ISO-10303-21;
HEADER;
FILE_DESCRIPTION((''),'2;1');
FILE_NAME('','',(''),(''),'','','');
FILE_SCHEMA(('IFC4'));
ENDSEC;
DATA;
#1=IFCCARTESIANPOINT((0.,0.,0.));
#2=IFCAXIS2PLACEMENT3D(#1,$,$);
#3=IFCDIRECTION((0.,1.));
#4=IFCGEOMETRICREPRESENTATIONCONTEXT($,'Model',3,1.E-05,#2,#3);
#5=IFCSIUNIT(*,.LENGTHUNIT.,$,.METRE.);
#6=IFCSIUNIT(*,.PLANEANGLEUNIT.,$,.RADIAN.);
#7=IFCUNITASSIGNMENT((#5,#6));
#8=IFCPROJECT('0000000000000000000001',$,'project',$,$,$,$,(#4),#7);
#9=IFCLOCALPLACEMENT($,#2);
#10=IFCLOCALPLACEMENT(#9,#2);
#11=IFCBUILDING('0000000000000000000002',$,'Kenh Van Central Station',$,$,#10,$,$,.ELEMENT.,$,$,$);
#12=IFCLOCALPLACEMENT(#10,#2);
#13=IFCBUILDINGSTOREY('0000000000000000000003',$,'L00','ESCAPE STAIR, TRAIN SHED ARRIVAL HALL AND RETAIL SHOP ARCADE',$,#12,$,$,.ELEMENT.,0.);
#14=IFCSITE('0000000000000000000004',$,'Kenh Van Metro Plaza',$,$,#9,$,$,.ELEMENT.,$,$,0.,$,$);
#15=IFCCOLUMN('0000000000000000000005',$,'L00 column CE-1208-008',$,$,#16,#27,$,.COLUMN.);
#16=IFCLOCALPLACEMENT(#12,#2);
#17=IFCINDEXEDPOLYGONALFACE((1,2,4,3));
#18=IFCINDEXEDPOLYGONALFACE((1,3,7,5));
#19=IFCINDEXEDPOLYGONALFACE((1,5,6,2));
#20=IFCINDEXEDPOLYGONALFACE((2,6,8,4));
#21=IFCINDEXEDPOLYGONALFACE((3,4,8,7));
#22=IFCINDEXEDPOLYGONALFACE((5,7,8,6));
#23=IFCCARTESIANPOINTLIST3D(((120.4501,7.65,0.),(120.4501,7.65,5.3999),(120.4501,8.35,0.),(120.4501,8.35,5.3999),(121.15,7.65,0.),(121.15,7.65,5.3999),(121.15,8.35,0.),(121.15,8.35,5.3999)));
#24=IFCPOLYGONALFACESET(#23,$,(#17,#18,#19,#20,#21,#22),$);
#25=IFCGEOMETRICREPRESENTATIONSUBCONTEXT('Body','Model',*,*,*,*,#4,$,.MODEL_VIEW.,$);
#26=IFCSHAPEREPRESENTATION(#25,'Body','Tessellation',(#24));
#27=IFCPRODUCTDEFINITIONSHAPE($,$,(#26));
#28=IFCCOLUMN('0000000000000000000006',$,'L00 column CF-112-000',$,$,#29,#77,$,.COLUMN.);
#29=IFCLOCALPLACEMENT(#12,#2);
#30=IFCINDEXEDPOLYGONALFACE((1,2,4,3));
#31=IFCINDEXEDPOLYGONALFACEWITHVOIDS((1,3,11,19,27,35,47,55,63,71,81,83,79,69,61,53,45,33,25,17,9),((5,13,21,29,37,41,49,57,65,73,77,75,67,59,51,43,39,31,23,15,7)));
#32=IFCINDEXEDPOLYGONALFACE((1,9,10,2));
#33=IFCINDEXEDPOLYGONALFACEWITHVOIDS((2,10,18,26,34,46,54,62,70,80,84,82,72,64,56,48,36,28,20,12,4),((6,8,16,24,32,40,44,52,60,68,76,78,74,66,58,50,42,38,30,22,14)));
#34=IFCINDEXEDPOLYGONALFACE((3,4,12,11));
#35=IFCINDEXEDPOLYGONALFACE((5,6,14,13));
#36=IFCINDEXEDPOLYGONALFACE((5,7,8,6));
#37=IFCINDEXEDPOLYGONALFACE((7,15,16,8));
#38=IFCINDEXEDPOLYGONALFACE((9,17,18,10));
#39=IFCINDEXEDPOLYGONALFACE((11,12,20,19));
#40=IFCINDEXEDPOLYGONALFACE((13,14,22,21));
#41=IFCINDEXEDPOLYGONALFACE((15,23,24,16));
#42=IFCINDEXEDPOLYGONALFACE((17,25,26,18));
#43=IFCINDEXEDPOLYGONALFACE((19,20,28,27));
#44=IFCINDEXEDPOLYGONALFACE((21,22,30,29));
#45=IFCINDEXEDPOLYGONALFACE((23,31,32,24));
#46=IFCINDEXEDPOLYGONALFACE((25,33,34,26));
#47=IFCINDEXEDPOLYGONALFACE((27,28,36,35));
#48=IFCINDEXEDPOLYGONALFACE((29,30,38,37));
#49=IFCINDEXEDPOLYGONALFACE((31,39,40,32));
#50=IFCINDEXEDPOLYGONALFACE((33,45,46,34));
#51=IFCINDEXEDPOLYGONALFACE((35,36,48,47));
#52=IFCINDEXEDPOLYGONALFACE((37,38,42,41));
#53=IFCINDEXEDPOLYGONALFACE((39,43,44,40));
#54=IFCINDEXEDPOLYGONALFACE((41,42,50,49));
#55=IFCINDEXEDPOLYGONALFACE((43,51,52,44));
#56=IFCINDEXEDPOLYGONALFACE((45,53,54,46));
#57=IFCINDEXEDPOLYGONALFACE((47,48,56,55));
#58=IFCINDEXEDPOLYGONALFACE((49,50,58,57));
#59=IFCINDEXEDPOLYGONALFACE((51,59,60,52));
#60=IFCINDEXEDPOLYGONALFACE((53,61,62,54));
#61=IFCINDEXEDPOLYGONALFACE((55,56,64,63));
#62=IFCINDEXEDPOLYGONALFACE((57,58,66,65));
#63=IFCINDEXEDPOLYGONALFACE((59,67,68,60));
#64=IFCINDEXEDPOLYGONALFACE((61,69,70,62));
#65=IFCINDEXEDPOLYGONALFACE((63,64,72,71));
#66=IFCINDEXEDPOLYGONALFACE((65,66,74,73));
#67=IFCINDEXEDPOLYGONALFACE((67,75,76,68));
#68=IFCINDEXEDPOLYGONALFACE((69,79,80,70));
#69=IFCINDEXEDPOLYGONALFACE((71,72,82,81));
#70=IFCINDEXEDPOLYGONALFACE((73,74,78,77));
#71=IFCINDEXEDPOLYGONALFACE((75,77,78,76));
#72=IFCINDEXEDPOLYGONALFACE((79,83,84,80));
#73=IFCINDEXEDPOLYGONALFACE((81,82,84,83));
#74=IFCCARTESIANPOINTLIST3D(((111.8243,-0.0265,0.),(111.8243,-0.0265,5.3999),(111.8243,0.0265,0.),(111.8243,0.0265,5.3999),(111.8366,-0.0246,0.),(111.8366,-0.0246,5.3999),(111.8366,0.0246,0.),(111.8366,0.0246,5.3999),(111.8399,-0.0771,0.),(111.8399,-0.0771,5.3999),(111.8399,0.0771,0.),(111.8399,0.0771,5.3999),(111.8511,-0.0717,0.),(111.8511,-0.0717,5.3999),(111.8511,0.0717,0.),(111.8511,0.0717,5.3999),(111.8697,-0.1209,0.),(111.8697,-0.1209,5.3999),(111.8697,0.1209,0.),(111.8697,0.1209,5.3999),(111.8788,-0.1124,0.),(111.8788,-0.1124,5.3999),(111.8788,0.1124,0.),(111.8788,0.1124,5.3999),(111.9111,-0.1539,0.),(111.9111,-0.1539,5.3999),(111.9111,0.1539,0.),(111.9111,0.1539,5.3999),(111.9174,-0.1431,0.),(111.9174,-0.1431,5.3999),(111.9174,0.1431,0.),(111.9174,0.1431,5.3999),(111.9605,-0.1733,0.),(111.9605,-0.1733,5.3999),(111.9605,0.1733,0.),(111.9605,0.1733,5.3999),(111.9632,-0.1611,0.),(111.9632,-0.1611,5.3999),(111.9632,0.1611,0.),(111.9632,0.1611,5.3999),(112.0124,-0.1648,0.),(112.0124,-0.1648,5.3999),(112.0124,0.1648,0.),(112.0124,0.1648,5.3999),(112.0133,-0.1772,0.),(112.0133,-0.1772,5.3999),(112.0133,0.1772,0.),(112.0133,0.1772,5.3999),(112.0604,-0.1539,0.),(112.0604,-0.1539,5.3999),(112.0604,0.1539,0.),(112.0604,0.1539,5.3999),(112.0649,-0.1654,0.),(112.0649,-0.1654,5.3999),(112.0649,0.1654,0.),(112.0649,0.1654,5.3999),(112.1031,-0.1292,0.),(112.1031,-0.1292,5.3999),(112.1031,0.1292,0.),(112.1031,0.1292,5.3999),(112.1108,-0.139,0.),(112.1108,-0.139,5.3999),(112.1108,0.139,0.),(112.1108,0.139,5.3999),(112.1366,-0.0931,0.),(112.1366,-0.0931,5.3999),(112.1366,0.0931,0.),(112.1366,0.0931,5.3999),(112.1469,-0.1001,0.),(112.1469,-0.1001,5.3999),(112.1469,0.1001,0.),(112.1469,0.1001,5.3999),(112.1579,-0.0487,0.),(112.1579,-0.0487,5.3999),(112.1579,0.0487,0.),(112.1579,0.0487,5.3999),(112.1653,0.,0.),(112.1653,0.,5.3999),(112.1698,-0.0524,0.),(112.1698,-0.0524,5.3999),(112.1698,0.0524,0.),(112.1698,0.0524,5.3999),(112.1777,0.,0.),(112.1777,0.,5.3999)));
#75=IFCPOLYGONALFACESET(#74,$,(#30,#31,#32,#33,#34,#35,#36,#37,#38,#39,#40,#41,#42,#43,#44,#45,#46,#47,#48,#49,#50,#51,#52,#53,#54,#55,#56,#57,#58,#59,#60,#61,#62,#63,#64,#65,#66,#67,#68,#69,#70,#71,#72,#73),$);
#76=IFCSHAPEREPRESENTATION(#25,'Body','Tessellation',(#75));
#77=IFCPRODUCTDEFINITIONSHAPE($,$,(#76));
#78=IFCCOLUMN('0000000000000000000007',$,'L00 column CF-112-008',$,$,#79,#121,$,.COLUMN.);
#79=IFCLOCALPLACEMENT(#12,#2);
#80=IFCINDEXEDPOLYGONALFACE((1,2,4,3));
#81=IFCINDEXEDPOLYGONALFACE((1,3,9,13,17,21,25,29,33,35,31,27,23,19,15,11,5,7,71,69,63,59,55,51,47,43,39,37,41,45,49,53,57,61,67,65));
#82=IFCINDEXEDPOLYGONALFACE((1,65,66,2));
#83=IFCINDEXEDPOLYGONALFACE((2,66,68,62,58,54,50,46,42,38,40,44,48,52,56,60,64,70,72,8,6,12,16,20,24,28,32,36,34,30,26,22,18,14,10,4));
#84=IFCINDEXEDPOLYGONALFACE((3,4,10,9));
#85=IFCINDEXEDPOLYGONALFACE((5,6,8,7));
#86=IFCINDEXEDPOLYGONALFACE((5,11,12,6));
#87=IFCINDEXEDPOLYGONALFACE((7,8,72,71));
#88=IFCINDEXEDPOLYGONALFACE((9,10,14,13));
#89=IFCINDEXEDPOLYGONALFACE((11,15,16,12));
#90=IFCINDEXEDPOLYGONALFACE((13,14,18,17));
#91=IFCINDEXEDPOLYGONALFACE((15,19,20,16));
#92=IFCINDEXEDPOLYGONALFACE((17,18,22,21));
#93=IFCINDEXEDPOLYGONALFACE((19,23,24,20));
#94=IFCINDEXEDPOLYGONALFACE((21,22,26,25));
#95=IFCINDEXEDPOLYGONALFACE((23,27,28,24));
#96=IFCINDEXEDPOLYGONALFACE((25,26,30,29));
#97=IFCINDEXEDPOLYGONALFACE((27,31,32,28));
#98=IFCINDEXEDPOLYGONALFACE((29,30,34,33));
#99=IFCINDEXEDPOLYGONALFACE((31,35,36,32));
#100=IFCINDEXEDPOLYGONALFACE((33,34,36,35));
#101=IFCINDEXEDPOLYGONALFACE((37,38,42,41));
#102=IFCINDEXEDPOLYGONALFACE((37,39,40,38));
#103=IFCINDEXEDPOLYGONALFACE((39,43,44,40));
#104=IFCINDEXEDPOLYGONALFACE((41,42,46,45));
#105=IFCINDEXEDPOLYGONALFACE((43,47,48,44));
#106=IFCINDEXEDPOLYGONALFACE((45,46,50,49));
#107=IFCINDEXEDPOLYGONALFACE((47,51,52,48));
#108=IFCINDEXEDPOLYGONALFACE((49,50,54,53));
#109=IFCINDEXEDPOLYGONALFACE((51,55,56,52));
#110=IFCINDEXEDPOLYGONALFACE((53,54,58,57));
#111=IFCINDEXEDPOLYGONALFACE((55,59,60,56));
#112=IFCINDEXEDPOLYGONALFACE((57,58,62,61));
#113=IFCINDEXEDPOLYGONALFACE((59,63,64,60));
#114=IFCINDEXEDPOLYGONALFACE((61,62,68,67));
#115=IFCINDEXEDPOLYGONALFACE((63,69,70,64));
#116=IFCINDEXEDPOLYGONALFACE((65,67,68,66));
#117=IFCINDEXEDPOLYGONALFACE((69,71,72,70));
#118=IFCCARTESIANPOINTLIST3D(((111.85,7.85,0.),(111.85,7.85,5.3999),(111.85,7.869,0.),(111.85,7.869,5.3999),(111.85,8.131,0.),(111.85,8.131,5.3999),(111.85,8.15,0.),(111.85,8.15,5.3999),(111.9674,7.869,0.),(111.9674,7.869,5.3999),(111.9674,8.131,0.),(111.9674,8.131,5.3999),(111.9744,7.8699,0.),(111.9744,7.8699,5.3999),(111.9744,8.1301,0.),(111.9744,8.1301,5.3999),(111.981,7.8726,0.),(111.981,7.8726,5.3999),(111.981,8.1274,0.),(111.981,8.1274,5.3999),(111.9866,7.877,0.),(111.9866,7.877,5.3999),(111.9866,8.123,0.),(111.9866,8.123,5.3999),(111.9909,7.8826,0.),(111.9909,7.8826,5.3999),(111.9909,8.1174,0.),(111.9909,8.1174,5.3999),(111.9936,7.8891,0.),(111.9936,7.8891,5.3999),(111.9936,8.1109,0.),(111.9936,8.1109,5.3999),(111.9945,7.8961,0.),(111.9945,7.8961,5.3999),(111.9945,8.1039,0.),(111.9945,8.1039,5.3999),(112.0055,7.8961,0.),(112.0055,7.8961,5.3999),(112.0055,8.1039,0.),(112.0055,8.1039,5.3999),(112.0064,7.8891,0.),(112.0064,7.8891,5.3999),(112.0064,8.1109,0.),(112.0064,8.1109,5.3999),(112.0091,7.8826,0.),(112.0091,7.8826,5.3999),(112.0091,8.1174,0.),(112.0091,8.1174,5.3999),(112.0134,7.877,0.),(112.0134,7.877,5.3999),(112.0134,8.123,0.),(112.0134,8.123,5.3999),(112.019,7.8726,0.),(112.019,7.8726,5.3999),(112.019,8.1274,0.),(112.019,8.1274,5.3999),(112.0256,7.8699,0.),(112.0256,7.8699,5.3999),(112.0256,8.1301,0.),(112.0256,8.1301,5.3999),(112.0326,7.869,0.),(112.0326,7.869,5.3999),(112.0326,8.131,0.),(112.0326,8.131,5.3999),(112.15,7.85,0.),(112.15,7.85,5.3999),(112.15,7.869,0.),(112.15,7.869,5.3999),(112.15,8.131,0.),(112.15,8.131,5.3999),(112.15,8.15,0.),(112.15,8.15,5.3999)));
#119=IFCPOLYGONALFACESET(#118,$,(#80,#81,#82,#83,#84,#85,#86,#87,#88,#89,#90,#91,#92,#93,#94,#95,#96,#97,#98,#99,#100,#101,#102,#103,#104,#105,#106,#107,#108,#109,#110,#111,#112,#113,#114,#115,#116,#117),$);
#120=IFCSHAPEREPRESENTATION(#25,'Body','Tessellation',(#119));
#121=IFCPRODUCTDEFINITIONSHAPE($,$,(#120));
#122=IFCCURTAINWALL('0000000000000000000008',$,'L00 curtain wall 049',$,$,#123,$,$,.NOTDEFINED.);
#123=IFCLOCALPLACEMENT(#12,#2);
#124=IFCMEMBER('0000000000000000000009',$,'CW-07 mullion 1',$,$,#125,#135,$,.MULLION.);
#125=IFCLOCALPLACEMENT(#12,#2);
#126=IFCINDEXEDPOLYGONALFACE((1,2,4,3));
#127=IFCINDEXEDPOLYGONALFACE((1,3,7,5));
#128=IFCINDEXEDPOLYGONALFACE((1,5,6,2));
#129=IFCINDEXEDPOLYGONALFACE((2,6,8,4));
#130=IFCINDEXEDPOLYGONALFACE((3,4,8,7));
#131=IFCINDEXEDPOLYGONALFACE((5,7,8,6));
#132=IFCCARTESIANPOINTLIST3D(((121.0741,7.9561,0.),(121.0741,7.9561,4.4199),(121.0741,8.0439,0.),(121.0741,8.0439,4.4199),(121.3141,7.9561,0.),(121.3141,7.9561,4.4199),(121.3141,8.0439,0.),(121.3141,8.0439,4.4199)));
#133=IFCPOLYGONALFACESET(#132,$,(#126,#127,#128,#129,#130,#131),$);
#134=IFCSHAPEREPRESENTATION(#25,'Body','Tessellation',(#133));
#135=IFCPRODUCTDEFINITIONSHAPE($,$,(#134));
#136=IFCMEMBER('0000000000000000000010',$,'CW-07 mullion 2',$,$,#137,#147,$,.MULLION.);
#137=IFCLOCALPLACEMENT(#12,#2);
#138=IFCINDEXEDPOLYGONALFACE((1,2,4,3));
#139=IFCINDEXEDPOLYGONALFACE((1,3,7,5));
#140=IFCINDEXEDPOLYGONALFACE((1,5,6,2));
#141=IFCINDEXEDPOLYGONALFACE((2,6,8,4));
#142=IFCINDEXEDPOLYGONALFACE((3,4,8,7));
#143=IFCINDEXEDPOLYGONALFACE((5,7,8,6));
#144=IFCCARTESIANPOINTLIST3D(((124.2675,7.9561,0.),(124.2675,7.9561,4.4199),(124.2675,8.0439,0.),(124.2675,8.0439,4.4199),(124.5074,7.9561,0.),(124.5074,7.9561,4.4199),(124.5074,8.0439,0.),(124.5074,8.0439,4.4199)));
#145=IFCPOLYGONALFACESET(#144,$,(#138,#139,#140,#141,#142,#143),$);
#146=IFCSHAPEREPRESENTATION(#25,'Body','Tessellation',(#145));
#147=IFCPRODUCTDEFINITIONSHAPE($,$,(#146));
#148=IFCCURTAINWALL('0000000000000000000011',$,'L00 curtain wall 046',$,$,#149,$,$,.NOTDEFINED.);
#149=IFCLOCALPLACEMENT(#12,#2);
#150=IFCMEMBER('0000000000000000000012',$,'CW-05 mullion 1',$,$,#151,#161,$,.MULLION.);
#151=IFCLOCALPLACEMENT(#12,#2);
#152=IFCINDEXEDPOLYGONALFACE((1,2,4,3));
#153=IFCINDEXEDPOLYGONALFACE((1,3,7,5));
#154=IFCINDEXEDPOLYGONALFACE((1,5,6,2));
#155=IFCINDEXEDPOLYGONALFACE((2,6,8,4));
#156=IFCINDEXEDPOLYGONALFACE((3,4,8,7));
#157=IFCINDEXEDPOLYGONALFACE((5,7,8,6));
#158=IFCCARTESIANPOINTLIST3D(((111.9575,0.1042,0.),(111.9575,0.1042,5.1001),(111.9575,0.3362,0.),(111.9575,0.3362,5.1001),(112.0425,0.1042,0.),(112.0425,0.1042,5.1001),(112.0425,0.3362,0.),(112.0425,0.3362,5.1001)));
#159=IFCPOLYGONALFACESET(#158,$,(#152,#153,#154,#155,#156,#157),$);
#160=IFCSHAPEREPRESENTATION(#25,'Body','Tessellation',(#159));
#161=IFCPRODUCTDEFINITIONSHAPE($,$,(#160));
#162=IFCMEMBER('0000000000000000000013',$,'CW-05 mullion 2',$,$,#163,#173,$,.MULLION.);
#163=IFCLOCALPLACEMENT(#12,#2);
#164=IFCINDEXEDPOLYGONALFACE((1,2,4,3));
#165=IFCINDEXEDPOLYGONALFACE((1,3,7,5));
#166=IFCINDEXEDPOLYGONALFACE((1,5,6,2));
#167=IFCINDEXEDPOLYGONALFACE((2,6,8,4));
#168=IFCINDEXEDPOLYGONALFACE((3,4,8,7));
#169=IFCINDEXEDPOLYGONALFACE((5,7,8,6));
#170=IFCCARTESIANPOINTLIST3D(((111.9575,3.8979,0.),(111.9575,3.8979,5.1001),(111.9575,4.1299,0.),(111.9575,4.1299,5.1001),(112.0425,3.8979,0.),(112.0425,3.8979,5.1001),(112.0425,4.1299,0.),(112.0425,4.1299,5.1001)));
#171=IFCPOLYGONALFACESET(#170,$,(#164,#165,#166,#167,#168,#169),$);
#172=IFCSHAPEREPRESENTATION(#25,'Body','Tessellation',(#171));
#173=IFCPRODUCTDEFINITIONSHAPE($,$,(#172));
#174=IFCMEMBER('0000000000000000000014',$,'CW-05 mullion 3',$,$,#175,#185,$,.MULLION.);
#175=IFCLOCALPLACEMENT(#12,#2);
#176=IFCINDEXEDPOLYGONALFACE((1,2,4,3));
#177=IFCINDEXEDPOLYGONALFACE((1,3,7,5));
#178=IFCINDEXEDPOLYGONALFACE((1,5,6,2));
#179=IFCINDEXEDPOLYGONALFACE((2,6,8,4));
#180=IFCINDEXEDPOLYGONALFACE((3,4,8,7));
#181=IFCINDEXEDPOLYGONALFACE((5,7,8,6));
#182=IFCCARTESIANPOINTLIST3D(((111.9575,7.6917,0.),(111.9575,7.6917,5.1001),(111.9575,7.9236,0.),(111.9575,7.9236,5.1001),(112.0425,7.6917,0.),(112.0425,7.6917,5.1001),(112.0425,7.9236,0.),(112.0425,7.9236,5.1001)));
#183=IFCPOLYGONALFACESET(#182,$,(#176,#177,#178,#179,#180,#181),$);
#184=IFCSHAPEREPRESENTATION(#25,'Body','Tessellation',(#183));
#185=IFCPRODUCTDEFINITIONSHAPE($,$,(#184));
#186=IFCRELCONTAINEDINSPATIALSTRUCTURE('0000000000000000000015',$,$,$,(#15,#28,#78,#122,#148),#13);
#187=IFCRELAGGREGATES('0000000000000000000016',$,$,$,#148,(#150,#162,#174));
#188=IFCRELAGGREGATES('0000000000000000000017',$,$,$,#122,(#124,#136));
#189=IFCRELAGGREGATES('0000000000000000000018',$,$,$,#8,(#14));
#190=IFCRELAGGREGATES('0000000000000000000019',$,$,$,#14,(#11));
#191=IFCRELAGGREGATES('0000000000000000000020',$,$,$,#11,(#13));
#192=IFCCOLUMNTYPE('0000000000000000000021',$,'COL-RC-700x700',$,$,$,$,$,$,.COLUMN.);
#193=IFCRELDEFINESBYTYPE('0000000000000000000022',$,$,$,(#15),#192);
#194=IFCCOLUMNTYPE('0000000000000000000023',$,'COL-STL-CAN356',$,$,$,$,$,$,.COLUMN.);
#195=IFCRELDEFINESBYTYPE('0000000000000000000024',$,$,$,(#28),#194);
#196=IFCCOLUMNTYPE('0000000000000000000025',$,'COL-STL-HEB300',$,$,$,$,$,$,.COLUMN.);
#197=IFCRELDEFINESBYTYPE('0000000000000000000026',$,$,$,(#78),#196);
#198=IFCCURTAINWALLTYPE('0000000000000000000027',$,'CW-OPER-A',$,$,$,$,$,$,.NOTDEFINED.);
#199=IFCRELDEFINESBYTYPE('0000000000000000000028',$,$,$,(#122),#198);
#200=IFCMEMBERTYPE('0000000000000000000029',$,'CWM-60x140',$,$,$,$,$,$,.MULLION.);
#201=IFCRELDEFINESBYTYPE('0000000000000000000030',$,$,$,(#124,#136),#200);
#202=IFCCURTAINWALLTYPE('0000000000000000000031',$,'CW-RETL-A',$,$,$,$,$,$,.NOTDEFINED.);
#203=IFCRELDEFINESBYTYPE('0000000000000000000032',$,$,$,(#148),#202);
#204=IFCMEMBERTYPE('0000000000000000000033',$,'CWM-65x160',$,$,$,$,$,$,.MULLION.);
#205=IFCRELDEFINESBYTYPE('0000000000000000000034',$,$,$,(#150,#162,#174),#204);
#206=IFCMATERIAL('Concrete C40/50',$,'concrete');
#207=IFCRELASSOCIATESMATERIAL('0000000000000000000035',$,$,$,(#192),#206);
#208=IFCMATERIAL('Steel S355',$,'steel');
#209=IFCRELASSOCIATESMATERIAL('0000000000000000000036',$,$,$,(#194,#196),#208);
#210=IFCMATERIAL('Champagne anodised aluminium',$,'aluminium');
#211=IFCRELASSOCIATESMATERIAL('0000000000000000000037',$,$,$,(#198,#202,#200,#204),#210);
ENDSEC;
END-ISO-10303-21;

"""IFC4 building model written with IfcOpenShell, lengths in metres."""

from ifc_helpers import new_model, si_unit, direction, frame, origin, origin_2d, place, context, subcontext, project, spatial, rectangle, hollow_circle, i_section, extrude, material, material_profile, profile_set, type_object, element, aggregate, save


model = new_model("IFC4")

# Units and contexts
model_context = context("Model", 3, precision=1e-05, world=origin(), true_north=direction((0.0, 1.0)))
body_context = subcontext(model_context, "Body", "Model", "MODEL_VIEW")
ifc_project = project(units=[si_unit("LENGTHUNIT", "METRE"), si_unit("PLANEANGLEUNIT", "RADIAN")], contexts=[model_context])

# Site, building, storey
site_placement = place(None, origin())
site = spatial("IfcSite", under=ifc_project, at=site_placement, Name="Kenh Van Metro Plaza", CompositionType="ELEMENT", RefElevation=0.0)
building_placement = place(site_placement, origin())
building = spatial("IfcBuilding", under=site, at=building_placement, Name="Kenh Van Central Station", CompositionType="ELEMENT")
storey_placement = place(building_placement, origin())
storey = spatial("IfcBuildingStorey", under=building, at=storey_placement, Name="L00", Description="ESCAPE STAIR, TRAIN SHED ARRIVAL HALL AND RETAIL SHOP ARCADE", CompositionType="ELEMENT", Elevation=0.0)

# Columns
ifc_material_1 = material(Name="Concrete C40/50", Category="concrete")
ifc_material_profile_1 = material_profile(ifc_material_1, rectangle(XDim=0.7, YDim=0.7, at=origin_2d()), Name="RC 700x700")
ifc_profile_set_1 = profile_set([ifc_material_profile_1], Name="Concrete C40/50")
column_type_1 = type_object("IfcColumnType", Name="COL-RC-700x700", PredefinedType="COLUMN", material=ifc_profile_set_1)
column_1_placement = place(storey_placement, frame((120.8, 8.0, 0.0), z_axis=(0.0, 0.0, 1.0), x_axis=(1.0, 0.0, 0.0)))
element("IfcColumn", 1, at=column_1_placement, inside=storey, type_object=column_type_1, Name="L00 column CE-1208-008", PredefinedType="COLUMN", context=body_context, shape_type="SweptSolid", body=[
    extrude(rectangle(XDim=0.7, YDim=0.7, at=origin_2d()), origin(), (0.0, 0.0, 1.0), 5.3999),
])
ifc_material_2 = material(Name="Steel S355", Category="steel")
ifc_material_profile_2 = material_profile(ifc_material_2, hollow_circle(Radius=0.1777, WallThickness=0.0125, at=origin_2d()), Name="CHS 355.6x12.5")
ifc_profile_set_2 = profile_set([ifc_material_profile_2], Name="Steel S355")
column_type_2 = type_object("IfcColumnType", Name="COL-STL-CAN356", PredefinedType="COLUMN", material=ifc_profile_set_2)
column_2_placement = place(storey_placement, frame((112.0, 0.0, 0.0), z_axis=(0.0, 0.0, 1.0), x_axis=(1.0, 0.0, 0.0)))
element("IfcColumn", 2, at=column_2_placement, inside=storey, type_object=column_type_2, Name="L00 column CF-112-000", PredefinedType="COLUMN", context=body_context, shape_type="SweptSolid", body=[
    extrude(hollow_circle(Radius=0.1777, WallThickness=0.0125, at=origin_2d()), origin(), (0.0, 0.0, 1.0), 5.3999),
])
ifc_material_profile_3 = material_profile(ifc_material_2, i_section(OverallWidth=0.3, OverallDepth=0.3, WebThickness=0.011, FlangeThickness=0.019, FilletRadius=0.0271, at=origin_2d()), Name="HEB 300")
ifc_profile_set_3 = profile_set([ifc_material_profile_3], Name="Steel S355")
column_type_3 = type_object("IfcColumnType", Name="COL-STL-HEB300", PredefinedType="COLUMN", material=ifc_profile_set_3)
column_3_placement = place(storey_placement, frame((112.0, 8.0, 0.0), z_axis=(0.0, 0.0, 1.0), x_axis=(1.0, 0.0, 0.0)))
element("IfcColumn", 3, at=column_3_placement, inside=storey, type_object=column_type_3, Name="L00 column CF-112-008", PredefinedType="COLUMN", context=body_context, shape_type="SweptSolid", body=[
    extrude(i_section(OverallWidth=0.3, OverallDepth=0.3, WebThickness=0.011, FlangeThickness=0.019, FilletRadius=0.0271, at=origin_2d()), origin(), (0.0, 0.0, 1.0), 5.3999),
])

# Curtain walls, members
ifc_material_3 = material(Name="Champagne anodised aluminium", Category="aluminium")
curtain_wall_type_1 = type_object("IfcCurtainWallType", Name="CW-OPER-A", PredefinedType="NOTDEFINED", material=ifc_material_3)
curtain_wall_1_placement = place(storey_placement, origin())
curtain_wall_1 = element("IfcCurtainWall", 4, at=curtain_wall_1_placement, inside=storey, type_object=curtain_wall_type_1, Name="L00 curtain wall 049", PredefinedType="NOTDEFINED")
ifc_material_profile_4 = material_profile(ifc_material_3, rectangle(XDim=0.0879, YDim=0.24, at=origin_2d()), Name="AL 88x240")
ifc_profile_set_4 = profile_set([ifc_material_profile_4], Name="Champagne anodised aluminium")
member_type_1 = type_object("IfcMemberType", Name="CWM-60x140", PredefinedType="MULLION", material=ifc_profile_set_4)
member_1_placement = place(storey_placement, frame((121.1941, 8.0, 0.0), z_axis=(0.0, 0.0, 1.0), x_axis=(0.0, 1.0, 0.0)))
member_1 = element("IfcMember", 5, at=member_1_placement, type_object=member_type_1, Name="CW-07 mullion 1", PredefinedType="MULLION", context=body_context, shape_type="SweptSolid", body=[
    extrude(rectangle(XDim=0.0879, YDim=0.24, at=origin_2d()), origin(), (0.0, 0.0, 1.0), 4.4199),
])
member_2_placement = place(storey_placement, frame((124.3875, 8.0, 0.0), z_axis=(0.0, 0.0, 1.0), x_axis=(0.0, 1.0, 0.0)))
member_2 = element("IfcMember", 6, at=member_2_placement, type_object=member_type_1, Name="CW-07 mullion 2", PredefinedType="MULLION", context=body_context, shape_type="SweptSolid", body=[
    extrude(rectangle(XDim=0.0879, YDim=0.24, at=origin_2d()), origin(), (0.0, 0.0, 1.0), 4.4199),
])
curtain_wall_type_2 = type_object("IfcCurtainWallType", Name="CW-RETL-A", PredefinedType="NOTDEFINED", material=ifc_material_3)
curtain_wall_2_placement = place(storey_placement, origin())
curtain_wall_2 = element("IfcCurtainWall", 7, at=curtain_wall_2_placement, inside=storey, type_object=curtain_wall_type_2, Name="L00 curtain wall 046", PredefinedType="NOTDEFINED")
ifc_material_profile_5 = material_profile(ifc_material_3, rectangle(XDim=0.085, YDim=0.2319, at=origin_2d()), Name="AL 85x232")
ifc_profile_set_5 = profile_set([ifc_material_profile_5], Name="Champagne anodised aluminium")
member_type_2 = type_object("IfcMemberType", Name="CWM-65x160", PredefinedType="MULLION", material=ifc_profile_set_5)
member_3_placement = place(storey_placement, frame((112.0, 0.2202, 0.0), z_axis=(0.0, 0.0, 1.0), x_axis=(-1.0, 0.0, 0.0)))
member_3 = element("IfcMember", 8, at=member_3_placement, type_object=member_type_2, Name="CW-05 mullion 1", PredefinedType="MULLION", context=body_context, shape_type="SweptSolid", body=[
    extrude(rectangle(XDim=0.085, YDim=0.2319, at=origin_2d()), origin(), (0.0, 0.0, 1.0), 5.1001),
])
member_4_placement = place(storey_placement, frame((112.0, 4.0139, 0.0), z_axis=(0.0, 0.0, 1.0), x_axis=(-1.0, 0.0, 0.0)))
member_4 = element("IfcMember", 9, at=member_4_placement, type_object=member_type_2, Name="CW-05 mullion 2", PredefinedType="MULLION", context=body_context, shape_type="SweptSolid", body=[
    extrude(rectangle(XDim=0.085, YDim=0.2319, at=origin_2d()), origin(), (0.0, 0.0, 1.0), 5.1001),
])
member_5_placement = place(storey_placement, frame((112.0, 7.8076, 0.0), z_axis=(0.0, 0.0, 1.0), x_axis=(-1.0, 0.0, 0.0)))
member_5 = element("IfcMember", 10, at=member_5_placement, type_object=member_type_2, Name="CW-05 mullion 3", PredefinedType="MULLION", context=body_context, shape_type="SweptSolid", body=[
    extrude(rectangle(XDim=0.085, YDim=0.2319, at=origin_2d()), origin(), (0.0, 0.0, 1.0), 5.1001),
])

aggregate(curtain_wall_2, [member_3, member_4, member_5])
aggregate(curtain_wall_1, [member_1, member_2])

save(model, "model.ifc")
